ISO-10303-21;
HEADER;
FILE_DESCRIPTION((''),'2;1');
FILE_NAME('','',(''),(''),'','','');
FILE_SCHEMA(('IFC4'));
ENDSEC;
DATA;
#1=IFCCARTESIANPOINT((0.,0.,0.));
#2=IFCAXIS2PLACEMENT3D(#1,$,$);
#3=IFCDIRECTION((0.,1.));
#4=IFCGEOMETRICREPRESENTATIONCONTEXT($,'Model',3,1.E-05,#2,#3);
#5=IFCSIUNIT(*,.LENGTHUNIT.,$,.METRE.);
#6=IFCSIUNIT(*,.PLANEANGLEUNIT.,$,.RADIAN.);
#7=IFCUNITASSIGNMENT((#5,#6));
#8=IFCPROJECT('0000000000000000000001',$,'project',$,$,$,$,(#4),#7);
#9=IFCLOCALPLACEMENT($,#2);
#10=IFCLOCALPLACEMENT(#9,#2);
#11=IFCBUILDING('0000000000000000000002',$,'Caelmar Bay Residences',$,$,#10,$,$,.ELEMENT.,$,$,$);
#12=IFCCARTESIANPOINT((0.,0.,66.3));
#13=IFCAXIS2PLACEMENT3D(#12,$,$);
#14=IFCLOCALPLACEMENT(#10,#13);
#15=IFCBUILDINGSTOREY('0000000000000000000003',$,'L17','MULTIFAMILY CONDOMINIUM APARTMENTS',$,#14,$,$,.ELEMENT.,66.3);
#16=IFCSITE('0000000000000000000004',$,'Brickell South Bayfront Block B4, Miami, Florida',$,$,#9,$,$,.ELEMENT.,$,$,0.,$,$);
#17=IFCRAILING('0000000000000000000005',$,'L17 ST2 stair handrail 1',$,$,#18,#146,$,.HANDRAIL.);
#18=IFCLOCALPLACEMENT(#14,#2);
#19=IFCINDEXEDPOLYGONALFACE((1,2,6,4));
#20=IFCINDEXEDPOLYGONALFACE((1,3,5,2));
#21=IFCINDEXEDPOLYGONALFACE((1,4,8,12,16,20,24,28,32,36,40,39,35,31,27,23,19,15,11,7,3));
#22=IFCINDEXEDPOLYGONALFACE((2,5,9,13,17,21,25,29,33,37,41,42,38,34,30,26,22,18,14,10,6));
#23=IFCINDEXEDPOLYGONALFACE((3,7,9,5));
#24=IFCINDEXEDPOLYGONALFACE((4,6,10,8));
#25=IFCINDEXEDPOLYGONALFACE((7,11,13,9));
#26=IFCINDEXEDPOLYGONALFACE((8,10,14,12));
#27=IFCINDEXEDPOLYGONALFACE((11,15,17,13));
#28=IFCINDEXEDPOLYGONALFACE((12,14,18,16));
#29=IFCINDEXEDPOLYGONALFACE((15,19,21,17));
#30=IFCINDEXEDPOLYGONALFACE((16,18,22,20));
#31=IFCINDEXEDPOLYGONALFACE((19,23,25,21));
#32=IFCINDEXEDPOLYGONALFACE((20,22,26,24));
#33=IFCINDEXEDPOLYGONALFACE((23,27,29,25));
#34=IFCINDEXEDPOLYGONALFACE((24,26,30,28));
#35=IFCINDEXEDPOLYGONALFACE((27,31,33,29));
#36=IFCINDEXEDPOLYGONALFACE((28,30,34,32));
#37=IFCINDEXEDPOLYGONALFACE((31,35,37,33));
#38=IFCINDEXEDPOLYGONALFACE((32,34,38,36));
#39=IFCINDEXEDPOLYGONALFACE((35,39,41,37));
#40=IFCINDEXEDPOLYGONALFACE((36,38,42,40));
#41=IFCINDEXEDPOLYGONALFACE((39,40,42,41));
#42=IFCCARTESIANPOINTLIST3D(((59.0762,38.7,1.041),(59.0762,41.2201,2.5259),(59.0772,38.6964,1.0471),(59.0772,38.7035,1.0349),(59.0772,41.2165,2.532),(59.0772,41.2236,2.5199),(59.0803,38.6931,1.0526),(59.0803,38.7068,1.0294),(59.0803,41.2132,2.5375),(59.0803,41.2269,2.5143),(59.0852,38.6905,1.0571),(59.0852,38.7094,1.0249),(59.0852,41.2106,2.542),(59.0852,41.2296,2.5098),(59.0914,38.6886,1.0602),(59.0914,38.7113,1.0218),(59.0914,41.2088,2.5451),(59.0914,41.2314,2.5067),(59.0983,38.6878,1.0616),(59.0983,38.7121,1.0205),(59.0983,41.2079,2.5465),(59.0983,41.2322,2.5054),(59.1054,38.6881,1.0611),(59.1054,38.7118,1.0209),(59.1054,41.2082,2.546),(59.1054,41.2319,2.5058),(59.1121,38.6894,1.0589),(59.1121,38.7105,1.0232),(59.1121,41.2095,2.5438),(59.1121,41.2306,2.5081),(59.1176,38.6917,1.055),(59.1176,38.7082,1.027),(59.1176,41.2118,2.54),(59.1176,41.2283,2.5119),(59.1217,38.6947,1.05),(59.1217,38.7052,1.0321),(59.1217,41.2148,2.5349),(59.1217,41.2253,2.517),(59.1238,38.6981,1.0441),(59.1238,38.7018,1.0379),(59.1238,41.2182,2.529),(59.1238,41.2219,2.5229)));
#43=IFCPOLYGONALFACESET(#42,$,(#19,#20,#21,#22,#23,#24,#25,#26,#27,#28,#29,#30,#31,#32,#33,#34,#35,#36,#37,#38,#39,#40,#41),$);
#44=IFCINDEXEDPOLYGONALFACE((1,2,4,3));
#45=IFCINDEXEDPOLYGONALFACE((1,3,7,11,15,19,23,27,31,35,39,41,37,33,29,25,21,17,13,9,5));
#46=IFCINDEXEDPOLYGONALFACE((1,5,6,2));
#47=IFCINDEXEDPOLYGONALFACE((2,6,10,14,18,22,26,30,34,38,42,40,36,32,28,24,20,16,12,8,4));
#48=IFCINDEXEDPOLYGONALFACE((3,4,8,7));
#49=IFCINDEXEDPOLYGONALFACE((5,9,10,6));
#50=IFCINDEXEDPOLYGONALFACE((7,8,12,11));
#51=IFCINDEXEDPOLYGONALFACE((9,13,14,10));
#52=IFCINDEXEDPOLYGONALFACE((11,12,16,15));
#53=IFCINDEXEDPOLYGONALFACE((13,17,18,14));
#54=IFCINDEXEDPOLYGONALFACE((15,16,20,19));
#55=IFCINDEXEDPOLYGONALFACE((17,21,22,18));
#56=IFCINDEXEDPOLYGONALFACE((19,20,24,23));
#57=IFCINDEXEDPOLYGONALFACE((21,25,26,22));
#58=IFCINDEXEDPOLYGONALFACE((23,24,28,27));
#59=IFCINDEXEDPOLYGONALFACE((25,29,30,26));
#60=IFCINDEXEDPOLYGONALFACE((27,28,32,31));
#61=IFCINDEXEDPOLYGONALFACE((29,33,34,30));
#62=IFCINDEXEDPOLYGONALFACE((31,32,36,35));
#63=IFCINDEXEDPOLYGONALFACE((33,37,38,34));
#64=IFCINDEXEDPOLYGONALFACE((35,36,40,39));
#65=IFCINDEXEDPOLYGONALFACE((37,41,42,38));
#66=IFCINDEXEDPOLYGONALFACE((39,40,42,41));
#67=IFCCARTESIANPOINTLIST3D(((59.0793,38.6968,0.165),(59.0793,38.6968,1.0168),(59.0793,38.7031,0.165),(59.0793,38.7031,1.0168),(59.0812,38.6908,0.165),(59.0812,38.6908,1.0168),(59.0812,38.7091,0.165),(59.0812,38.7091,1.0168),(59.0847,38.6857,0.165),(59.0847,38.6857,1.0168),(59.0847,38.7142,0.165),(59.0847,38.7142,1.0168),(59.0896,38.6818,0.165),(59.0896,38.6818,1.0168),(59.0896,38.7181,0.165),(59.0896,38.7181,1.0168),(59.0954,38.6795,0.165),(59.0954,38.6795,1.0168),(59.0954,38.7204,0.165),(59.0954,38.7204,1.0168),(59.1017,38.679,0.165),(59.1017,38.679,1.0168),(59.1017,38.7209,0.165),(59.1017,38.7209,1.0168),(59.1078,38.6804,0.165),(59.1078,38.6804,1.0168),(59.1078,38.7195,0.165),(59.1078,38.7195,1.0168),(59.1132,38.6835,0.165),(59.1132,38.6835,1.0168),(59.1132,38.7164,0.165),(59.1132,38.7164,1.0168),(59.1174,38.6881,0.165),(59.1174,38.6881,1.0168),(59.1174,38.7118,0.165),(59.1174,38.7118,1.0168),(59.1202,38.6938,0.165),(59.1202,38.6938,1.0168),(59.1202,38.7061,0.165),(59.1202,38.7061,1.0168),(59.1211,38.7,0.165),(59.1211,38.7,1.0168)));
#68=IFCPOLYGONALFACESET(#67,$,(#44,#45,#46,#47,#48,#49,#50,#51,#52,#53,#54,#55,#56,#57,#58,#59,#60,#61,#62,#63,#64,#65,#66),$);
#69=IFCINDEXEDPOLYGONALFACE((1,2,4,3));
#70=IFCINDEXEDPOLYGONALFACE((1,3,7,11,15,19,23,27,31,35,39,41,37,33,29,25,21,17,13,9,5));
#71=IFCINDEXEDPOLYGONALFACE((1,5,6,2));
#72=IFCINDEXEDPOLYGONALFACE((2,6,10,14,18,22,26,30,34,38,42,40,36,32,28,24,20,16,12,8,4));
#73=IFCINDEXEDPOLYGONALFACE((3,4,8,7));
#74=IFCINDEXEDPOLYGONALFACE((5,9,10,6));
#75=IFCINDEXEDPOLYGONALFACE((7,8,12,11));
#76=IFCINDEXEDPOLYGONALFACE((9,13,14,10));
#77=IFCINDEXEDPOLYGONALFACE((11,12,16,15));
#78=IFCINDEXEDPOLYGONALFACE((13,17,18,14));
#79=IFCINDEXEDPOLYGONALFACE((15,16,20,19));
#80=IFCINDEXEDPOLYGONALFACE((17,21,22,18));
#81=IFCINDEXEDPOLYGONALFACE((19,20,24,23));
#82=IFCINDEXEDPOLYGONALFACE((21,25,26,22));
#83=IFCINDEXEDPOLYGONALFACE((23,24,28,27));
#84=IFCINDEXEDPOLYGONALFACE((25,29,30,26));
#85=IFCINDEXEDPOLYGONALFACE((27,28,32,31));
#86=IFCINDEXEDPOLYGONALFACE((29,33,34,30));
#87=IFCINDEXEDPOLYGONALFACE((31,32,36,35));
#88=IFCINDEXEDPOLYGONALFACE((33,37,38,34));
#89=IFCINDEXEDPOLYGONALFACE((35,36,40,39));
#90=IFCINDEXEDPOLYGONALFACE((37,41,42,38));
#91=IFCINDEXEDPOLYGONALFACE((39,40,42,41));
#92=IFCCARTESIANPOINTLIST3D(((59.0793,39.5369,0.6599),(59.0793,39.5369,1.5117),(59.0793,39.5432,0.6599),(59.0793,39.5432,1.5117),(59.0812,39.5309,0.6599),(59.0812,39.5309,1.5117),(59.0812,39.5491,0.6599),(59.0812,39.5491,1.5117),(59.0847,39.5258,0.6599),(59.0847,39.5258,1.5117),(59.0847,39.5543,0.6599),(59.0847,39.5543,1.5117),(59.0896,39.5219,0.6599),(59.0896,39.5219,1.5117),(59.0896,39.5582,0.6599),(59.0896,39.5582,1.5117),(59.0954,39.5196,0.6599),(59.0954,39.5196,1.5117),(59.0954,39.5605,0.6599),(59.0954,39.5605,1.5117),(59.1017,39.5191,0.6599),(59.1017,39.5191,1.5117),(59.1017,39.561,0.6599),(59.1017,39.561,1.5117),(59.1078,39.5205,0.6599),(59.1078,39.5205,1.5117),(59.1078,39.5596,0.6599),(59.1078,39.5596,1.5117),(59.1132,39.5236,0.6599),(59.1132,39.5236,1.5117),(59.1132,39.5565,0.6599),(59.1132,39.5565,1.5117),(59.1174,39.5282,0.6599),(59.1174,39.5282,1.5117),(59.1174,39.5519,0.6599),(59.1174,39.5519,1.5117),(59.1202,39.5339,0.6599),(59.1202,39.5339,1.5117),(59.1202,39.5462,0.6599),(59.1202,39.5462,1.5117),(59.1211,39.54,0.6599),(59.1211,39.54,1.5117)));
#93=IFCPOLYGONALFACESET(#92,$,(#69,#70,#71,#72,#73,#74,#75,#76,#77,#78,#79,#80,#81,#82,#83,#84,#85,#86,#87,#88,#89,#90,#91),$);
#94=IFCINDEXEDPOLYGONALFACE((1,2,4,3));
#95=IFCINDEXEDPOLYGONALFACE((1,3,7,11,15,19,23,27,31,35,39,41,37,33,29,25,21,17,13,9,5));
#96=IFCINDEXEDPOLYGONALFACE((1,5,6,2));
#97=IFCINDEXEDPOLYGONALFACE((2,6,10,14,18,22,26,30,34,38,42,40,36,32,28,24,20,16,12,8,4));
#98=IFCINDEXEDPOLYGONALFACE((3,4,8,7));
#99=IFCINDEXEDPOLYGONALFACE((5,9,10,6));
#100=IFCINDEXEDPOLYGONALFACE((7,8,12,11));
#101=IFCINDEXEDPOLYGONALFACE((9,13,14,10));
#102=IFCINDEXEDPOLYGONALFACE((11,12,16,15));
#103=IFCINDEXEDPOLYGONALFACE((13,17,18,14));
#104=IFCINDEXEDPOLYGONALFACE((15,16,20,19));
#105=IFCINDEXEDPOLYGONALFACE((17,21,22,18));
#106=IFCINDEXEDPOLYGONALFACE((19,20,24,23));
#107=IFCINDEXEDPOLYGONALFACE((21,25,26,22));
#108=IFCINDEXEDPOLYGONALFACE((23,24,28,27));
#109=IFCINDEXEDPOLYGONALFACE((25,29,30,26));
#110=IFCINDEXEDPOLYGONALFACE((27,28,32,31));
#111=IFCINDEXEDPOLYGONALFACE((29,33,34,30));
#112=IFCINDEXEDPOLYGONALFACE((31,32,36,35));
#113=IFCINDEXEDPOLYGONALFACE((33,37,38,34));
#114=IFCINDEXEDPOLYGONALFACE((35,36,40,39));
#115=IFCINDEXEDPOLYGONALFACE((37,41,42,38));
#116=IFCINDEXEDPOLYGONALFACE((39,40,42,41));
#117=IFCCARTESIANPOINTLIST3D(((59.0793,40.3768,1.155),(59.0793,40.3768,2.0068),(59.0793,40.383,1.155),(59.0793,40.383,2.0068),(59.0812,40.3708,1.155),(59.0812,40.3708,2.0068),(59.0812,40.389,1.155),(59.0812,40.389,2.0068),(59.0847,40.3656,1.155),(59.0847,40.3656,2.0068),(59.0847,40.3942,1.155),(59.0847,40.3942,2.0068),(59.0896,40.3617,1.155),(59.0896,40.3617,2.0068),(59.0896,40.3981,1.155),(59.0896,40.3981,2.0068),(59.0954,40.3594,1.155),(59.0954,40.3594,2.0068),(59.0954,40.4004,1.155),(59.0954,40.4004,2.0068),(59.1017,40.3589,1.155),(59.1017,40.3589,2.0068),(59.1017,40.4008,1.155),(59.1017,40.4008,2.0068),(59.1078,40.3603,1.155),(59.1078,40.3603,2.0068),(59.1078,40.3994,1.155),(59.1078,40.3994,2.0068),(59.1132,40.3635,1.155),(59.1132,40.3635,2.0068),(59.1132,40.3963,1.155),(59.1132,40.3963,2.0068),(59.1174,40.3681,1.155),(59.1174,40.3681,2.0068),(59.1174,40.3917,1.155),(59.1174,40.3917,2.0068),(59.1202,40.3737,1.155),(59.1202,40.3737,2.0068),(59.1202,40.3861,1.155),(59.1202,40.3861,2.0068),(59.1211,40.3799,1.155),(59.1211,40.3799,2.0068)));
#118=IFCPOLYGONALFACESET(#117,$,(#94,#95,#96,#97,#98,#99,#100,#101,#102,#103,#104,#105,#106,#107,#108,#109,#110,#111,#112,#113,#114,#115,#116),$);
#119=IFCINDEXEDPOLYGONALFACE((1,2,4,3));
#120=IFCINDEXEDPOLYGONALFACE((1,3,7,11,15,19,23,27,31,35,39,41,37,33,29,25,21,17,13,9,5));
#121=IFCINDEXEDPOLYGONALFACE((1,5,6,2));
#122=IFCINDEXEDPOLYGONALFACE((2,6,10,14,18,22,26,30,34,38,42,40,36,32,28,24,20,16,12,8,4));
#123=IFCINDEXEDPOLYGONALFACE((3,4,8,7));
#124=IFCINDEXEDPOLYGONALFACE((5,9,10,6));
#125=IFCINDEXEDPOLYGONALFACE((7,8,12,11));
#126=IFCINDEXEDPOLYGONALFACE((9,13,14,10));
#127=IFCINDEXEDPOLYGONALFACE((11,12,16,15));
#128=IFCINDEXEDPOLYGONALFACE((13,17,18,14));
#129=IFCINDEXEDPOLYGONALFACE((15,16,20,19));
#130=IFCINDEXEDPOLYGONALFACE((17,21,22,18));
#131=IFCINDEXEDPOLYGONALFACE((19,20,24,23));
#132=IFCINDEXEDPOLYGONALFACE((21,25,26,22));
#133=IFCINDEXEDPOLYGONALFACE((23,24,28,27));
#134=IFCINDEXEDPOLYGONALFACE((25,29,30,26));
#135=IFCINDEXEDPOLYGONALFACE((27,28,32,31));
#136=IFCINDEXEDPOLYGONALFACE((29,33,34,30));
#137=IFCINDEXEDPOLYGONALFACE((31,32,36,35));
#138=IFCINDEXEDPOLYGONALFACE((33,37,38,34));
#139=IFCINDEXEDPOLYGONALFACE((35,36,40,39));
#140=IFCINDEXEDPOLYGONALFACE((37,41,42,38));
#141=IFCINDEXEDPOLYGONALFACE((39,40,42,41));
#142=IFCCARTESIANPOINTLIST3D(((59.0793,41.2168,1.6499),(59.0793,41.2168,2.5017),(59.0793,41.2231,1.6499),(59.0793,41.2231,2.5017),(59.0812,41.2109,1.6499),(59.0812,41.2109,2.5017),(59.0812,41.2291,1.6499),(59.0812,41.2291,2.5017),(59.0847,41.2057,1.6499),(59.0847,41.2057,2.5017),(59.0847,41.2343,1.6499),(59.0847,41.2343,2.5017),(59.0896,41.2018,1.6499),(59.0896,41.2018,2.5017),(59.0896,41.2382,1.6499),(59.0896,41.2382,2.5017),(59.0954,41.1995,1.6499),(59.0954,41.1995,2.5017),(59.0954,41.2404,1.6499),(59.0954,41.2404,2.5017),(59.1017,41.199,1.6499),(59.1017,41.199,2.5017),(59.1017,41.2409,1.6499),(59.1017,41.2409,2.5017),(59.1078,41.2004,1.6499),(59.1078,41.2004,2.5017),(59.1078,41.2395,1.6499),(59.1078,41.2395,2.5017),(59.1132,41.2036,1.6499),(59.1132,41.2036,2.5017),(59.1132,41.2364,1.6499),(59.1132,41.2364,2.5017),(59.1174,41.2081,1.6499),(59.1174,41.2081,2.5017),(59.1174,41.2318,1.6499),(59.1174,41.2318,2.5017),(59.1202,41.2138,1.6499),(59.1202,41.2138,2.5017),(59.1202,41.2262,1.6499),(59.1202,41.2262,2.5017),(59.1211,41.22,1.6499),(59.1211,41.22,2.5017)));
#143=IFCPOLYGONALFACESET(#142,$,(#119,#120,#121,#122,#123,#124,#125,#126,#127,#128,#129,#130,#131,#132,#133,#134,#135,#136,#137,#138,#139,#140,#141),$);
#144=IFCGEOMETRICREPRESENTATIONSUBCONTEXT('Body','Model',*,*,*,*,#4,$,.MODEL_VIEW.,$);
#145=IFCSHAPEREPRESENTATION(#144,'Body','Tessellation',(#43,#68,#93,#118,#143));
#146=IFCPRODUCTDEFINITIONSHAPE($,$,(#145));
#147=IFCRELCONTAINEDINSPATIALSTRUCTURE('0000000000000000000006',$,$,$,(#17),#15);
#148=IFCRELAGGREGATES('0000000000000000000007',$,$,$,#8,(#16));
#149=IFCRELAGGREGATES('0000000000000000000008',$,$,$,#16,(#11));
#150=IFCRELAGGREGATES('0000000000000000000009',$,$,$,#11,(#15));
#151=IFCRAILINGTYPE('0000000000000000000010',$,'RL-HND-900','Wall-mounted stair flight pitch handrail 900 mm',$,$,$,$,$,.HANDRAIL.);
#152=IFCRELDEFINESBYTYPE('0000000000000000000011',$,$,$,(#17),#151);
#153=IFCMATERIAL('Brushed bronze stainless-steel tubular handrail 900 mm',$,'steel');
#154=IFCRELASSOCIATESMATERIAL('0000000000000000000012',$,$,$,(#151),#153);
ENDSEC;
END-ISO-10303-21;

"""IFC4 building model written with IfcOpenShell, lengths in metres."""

from ifc_helpers import new_model, si_unit, direction, frame, origin, origin_2d, place, context, subcontext, project, spatial, circle, extrude, material, type_object, element, save


model = new_model("IFC4")

# Units and contexts
model_context = context("Model", 3, precision=1e-05, world=origin(), true_north=direction((0.0, 1.0)))
body_context = subcontext(model_context, "Body", "Model", "MODEL_VIEW")
ifc_project = project(units=[si_unit("LENGTHUNIT", "METRE"), si_unit("PLANEANGLEUNIT", "RADIAN")], contexts=[model_context])

# Site, building, storey
site_placement = place(None, origin())
site = spatial("IfcSite", under=ifc_project, at=site_placement, Name="Brickell South Bayfront Block B4, Miami, Florida", CompositionType="ELEMENT", RefElevation=0.0)
building_placement = place(site_placement, origin())
building = spatial("IfcBuilding", under=site, at=building_placement, Name="Caelmar Bay Residences", CompositionType="ELEMENT")
storey_placement = place(building_placement, frame((0.0, 0.0, 66.3)))
storey = spatial("IfcBuildingStorey", under=building, at=storey_placement, Name="L17", Description="MULTIFAMILY CONDOMINIUM APARTMENTS", CompositionType="ELEMENT", Elevation=66.3)

# Railing
ifc_material_1 = material(Name="Brushed bronze stainless-steel tubular handrail 900 mm", Category="steel")
railing_type_1 = type_object("IfcRailingType", Name="RL-HND-900", Description="Wall-mounted stair flight pitch handrail 900 mm", PredefinedType="HANDRAIL", material=ifc_material_1)
railing_1_placement = place(storey_placement, frame((59.1001, 38.7, 0.165)))
element("IfcRailing", 1, at=railing_1_placement, inside=storey, type_object=railing_type_1, Name="L17 ST2 stair handrail 1", PredefinedType="HANDRAIL", context=body_context, shape_type="SweptSolid", body=[
    extrude(circle(Radius=0.0239, at=origin_2d()), frame((0.0, 0.0, 0.876), z_axis=(0.0, 0.861561, 0.507655), x_axis=(-1.0, 0.0, 0.0)), (0.0, 0.0, 1.0), 2.925),
    extrude(circle(Radius=0.021, at=origin_2d()), origin(), (0.0, 0.0, 1.0), 0.8518),
    extrude(circle(Radius=0.021, at=origin_2d()), frame((0.0, 0.8401, 0.4949)), (0.0, 0.0, 1.0), 0.8518),
    extrude(circle(Radius=0.021, at=origin_2d()), frame((0.0, 1.6799, 0.99)), (0.0, 0.0, 1.0), 0.8518),
    extrude(circle(Radius=0.021, at=origin_2d()), frame((0.0, 2.52, 1.4849)), (0.0, 0.0, 1.0), 0.8518),
])

save(model, "model.ifc")
